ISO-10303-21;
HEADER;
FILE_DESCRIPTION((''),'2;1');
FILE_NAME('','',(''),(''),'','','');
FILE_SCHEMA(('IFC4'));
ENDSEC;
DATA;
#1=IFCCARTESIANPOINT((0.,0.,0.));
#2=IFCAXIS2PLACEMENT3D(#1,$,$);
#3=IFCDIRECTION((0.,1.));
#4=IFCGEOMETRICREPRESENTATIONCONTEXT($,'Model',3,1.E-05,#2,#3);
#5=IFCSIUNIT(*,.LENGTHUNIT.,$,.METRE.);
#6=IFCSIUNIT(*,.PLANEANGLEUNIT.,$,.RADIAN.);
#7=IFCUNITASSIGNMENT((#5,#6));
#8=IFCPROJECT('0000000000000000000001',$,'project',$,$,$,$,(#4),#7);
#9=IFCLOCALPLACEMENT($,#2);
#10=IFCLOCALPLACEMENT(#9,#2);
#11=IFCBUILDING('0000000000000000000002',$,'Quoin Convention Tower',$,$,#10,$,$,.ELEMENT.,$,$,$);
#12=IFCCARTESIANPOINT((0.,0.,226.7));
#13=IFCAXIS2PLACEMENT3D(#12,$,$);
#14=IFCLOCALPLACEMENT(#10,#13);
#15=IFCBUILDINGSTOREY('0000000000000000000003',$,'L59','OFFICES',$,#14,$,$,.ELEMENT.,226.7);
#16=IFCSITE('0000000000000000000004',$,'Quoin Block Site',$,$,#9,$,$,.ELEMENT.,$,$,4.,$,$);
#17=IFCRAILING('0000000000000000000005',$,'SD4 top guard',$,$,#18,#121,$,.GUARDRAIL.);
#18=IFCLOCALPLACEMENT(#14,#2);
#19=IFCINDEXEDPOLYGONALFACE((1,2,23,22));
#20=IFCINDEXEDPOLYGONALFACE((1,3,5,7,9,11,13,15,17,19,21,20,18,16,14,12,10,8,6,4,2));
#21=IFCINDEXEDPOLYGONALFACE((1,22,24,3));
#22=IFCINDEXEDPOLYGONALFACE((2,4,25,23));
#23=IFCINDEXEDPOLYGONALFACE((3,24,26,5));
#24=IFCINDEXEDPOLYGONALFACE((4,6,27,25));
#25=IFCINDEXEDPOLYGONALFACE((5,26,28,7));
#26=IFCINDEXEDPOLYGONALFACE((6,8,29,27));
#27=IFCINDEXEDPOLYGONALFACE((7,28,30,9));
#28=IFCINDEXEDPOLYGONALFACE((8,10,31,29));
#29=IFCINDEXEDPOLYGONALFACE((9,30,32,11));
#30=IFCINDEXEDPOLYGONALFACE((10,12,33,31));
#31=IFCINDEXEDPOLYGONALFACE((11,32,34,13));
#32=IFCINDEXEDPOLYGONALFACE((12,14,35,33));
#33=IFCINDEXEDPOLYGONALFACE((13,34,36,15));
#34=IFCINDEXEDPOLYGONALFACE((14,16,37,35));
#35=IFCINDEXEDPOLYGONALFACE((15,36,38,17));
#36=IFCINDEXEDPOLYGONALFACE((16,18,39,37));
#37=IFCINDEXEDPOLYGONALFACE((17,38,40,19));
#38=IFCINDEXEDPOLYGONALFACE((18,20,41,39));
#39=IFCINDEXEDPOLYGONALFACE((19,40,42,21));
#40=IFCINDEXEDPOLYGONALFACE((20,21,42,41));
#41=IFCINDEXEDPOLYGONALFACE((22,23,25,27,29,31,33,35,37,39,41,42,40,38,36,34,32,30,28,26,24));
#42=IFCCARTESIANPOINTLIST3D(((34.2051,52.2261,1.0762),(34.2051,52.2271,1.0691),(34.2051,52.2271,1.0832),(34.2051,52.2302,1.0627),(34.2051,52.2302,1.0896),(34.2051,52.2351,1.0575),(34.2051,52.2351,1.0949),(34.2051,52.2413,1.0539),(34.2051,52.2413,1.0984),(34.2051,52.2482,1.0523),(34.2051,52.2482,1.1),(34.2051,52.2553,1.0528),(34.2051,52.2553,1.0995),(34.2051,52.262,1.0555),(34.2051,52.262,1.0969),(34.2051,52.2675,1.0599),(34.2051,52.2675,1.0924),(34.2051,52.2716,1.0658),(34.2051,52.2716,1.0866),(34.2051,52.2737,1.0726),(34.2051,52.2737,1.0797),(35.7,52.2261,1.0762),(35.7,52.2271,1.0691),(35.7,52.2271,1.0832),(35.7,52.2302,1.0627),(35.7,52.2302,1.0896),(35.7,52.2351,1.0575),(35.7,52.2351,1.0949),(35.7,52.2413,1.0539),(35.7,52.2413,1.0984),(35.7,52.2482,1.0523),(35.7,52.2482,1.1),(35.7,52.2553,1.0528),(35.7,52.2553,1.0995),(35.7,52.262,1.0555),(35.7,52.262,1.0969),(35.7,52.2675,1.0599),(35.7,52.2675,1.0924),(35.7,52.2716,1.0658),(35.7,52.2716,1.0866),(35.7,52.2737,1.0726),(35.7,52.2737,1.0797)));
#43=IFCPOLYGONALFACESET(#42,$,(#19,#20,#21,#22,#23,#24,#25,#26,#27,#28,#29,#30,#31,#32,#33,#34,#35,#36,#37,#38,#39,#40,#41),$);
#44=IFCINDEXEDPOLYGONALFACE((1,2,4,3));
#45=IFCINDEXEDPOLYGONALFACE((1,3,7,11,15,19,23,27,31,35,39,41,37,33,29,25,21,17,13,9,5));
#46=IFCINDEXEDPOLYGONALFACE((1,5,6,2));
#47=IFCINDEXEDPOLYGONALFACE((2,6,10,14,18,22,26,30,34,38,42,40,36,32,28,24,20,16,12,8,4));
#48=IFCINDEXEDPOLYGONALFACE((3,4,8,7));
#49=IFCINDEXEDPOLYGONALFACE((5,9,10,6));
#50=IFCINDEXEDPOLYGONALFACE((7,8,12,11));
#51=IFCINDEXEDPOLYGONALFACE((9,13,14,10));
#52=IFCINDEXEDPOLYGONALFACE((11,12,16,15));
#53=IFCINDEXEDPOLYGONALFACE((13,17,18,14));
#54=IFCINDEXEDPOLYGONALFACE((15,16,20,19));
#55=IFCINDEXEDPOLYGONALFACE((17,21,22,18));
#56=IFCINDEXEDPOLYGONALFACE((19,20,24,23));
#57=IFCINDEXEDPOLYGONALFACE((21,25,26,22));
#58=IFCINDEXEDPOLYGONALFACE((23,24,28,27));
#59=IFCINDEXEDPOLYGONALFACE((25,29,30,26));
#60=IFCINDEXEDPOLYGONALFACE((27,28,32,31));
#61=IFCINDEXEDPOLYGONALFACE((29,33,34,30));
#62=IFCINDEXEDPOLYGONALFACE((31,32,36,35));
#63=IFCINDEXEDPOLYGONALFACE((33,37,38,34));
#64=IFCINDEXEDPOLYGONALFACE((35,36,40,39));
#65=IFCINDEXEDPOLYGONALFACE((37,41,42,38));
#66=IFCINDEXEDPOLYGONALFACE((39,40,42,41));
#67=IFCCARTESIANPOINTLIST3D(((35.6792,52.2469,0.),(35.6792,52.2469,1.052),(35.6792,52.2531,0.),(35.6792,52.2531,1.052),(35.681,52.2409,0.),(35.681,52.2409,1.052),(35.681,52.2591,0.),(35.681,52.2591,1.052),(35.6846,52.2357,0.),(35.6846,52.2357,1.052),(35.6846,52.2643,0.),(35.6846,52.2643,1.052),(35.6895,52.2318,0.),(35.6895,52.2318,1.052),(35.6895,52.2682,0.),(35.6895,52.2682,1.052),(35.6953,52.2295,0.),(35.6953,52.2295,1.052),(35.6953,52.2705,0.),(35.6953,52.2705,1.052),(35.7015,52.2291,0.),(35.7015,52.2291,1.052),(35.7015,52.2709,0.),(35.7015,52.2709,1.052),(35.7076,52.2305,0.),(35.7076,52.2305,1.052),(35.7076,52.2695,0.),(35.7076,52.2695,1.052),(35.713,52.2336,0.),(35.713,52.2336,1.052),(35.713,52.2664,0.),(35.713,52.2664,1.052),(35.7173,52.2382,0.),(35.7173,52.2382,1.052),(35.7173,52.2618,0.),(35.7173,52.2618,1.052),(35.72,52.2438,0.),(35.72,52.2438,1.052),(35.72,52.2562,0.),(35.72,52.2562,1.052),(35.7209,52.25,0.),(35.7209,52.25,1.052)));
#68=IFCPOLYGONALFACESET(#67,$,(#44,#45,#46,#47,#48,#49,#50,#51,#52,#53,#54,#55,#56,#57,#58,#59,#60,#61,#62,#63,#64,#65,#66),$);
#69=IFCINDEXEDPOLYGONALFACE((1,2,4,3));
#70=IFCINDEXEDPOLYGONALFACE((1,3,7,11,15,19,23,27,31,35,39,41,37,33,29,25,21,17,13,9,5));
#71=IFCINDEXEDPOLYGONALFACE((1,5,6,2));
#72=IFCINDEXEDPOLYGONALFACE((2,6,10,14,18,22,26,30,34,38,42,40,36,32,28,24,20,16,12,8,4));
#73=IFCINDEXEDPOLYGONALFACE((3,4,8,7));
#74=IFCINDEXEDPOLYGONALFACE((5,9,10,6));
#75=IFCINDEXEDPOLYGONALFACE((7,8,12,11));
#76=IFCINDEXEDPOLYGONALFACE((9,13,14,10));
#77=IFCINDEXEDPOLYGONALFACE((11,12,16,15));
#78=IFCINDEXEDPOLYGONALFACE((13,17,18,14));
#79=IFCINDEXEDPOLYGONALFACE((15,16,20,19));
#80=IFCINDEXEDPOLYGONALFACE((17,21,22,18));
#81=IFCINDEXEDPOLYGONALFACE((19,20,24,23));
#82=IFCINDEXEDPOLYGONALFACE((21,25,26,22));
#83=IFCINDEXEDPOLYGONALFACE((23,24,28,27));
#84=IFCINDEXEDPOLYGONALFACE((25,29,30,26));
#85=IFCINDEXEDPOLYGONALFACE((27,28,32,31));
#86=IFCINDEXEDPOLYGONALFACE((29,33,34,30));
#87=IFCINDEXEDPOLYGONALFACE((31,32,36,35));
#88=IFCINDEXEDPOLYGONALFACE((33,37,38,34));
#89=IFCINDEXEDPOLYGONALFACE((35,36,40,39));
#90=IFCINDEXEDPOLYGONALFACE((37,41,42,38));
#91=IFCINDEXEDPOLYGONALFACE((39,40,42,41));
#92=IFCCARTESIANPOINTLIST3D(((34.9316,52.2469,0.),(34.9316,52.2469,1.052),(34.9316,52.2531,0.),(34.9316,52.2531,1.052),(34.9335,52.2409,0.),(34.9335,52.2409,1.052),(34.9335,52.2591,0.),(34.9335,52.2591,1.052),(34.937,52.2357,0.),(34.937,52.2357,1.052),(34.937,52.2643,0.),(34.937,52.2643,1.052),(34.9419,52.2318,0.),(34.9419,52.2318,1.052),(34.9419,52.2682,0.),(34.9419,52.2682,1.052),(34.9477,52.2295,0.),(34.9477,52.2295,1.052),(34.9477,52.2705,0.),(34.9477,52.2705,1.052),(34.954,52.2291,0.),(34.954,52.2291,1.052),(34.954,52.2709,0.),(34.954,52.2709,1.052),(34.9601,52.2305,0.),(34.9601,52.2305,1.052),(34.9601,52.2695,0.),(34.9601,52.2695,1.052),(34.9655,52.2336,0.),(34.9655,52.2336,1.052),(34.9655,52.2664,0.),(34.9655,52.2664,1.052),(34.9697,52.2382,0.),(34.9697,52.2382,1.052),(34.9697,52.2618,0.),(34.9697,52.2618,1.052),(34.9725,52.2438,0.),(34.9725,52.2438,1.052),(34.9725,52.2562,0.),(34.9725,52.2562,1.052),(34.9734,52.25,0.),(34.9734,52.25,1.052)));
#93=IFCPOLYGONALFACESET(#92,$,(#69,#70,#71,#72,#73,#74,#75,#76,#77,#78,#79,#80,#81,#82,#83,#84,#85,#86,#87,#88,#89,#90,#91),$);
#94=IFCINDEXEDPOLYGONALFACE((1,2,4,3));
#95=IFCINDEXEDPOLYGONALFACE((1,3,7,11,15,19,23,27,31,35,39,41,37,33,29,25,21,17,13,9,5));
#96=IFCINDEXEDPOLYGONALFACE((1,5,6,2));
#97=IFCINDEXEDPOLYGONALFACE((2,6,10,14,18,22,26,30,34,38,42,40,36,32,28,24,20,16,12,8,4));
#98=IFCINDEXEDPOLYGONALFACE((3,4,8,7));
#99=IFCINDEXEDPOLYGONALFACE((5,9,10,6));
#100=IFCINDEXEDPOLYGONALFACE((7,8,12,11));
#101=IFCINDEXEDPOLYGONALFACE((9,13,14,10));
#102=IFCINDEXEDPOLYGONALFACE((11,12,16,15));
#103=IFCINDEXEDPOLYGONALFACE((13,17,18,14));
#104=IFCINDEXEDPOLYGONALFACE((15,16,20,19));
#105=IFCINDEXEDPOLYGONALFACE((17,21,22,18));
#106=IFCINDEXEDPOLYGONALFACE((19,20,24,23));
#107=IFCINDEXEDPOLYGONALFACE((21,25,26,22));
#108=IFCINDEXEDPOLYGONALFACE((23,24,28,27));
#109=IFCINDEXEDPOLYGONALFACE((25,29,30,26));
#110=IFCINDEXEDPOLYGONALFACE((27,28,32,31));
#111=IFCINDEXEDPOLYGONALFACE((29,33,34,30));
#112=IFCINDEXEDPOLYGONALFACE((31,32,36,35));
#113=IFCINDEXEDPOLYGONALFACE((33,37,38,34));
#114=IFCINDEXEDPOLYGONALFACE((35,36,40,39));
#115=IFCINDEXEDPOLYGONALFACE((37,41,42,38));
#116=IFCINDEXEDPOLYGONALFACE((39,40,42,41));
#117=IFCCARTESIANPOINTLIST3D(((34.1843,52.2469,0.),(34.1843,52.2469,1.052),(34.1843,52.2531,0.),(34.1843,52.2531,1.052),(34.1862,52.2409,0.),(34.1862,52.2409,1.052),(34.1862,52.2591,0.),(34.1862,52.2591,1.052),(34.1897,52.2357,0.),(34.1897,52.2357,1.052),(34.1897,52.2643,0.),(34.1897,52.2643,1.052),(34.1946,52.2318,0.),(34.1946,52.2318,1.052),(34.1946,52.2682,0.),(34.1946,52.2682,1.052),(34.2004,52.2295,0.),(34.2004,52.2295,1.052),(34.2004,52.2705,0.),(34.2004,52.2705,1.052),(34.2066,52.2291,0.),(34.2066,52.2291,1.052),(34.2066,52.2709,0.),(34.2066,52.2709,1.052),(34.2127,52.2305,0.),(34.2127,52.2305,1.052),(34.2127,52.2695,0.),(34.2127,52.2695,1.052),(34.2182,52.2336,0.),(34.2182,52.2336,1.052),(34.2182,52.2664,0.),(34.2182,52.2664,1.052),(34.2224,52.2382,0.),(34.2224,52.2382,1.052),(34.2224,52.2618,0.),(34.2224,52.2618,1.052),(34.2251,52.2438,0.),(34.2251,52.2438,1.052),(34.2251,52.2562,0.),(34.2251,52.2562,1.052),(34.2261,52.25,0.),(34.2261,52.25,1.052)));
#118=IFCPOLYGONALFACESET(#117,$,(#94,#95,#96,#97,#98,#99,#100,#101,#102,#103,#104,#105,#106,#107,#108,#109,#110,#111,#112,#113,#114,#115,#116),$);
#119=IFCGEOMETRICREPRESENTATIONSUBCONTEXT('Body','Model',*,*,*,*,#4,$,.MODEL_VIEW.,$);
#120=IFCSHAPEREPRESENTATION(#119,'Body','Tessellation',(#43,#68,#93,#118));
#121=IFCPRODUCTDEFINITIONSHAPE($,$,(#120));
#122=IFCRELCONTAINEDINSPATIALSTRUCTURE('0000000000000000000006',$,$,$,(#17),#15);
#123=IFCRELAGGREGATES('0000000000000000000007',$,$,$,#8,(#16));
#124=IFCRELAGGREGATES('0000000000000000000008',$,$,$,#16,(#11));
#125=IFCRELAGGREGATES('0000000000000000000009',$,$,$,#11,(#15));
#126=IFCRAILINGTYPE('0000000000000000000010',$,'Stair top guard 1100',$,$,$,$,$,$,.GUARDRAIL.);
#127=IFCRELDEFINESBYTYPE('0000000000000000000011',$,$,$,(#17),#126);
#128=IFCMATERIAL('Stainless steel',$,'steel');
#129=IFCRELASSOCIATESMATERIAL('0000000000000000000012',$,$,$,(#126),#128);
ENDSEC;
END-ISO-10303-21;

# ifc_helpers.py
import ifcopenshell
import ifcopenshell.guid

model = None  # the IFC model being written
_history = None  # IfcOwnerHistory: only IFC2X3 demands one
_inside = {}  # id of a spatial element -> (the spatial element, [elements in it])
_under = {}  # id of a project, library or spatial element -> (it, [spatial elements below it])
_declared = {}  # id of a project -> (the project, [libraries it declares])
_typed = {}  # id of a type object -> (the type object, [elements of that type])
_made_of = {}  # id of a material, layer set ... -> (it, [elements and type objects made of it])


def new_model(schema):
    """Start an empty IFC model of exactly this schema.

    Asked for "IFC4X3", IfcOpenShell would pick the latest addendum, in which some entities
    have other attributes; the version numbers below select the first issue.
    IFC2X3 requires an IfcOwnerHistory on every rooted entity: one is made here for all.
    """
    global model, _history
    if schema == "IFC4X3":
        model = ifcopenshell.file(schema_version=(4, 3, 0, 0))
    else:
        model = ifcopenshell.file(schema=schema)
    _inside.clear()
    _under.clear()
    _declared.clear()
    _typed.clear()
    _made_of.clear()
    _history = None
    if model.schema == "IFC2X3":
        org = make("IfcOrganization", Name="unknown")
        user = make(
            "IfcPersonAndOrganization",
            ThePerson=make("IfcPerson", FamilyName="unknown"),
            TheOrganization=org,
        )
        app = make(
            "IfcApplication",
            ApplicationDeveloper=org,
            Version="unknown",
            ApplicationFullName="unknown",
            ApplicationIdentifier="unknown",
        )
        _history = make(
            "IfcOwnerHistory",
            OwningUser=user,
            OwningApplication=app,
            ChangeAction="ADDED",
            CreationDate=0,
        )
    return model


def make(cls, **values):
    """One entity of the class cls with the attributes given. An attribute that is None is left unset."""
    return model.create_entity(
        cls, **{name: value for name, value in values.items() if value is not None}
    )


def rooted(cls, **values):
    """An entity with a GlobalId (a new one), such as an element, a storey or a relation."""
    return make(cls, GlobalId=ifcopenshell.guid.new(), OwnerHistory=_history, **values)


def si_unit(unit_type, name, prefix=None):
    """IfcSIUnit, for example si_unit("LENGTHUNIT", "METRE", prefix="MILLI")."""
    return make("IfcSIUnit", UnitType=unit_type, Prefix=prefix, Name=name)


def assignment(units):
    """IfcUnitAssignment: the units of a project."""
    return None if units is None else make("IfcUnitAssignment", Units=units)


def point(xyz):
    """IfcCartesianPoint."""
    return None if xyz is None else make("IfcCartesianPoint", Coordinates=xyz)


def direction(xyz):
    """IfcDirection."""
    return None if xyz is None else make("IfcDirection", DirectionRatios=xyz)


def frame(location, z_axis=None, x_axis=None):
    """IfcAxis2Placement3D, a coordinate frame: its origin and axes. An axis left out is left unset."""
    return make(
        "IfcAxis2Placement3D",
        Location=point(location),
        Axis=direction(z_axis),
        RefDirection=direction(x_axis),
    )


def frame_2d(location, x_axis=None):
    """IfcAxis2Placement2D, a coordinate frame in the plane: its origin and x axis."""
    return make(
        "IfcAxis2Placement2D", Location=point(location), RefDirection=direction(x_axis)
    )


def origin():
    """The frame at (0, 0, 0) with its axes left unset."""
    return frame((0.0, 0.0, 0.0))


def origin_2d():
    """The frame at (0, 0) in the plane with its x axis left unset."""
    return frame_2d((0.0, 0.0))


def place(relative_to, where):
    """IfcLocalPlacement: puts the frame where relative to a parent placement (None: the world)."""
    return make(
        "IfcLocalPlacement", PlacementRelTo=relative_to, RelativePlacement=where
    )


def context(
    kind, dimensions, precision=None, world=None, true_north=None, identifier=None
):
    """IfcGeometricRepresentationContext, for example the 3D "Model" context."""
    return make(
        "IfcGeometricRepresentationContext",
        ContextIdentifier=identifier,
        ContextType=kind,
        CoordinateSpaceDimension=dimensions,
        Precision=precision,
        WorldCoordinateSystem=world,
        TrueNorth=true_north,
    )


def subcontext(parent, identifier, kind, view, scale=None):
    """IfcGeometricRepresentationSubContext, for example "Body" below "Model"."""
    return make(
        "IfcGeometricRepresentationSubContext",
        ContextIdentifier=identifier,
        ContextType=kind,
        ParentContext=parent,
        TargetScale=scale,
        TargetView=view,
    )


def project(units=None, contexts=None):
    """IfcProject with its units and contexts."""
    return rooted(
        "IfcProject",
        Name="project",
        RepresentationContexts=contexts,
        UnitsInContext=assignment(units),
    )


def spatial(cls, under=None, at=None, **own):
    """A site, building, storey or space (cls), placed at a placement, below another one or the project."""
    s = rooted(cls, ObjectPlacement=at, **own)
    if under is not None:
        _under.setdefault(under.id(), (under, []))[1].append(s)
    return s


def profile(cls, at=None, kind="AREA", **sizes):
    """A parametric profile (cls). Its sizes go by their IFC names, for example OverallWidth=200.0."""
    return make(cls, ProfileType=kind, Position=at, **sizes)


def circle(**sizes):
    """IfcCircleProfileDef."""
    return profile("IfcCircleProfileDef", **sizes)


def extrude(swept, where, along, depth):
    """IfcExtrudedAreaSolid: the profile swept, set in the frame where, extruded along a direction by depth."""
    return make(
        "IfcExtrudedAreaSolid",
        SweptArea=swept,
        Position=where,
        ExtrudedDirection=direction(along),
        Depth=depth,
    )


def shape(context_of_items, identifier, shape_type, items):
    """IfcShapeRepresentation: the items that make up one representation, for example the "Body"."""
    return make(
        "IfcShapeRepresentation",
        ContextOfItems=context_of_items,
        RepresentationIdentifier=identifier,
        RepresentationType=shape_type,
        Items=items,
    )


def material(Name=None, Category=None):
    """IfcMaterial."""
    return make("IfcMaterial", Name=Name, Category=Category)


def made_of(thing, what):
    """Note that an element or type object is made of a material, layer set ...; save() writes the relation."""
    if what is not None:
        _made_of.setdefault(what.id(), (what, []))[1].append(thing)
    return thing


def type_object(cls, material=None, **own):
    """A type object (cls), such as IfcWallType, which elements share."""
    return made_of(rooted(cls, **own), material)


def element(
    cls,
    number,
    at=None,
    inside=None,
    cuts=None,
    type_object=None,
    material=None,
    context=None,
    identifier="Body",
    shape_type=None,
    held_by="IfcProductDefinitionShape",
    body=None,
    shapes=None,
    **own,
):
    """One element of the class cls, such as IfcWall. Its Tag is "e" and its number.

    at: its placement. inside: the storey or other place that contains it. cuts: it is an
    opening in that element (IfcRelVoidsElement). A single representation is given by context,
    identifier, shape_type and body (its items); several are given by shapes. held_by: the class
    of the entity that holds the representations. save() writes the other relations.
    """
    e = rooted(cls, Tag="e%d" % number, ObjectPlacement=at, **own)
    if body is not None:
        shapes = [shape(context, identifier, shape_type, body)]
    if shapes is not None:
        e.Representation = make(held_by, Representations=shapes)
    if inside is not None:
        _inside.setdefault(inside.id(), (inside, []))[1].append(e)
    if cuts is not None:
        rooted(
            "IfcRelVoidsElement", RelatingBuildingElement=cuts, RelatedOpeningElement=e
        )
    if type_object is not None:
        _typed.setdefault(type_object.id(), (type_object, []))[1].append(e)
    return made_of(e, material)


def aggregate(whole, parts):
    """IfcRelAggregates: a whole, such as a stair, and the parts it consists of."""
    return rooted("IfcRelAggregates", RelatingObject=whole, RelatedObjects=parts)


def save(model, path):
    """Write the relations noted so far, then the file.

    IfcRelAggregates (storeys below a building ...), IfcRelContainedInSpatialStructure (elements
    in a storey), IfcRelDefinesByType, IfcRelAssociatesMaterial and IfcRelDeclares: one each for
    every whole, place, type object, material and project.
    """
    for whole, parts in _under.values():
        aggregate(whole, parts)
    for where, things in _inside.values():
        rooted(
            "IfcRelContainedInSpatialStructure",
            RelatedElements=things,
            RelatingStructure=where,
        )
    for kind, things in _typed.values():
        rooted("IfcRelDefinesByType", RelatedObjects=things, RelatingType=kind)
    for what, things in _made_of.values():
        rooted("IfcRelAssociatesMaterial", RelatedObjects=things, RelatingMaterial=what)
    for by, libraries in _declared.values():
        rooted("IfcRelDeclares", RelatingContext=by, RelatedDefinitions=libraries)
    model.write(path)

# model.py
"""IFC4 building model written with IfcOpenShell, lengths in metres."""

from ifc_helpers import new_model, si_unit, direction, frame, origin, origin_2d, place, context, subcontext, project, spatial, circle, extrude, material, type_object, element, save


model = new_model("IFC4")

# Units and contexts
model_context = context("Model", 3, precision=1e-05, world=origin(), true_north=direction((0.0, 1.0)))
body_context = subcontext(model_context, "Body", "Model", "MODEL_VIEW")
ifc_project = project(units=[si_unit("LENGTHUNIT", "METRE"), si_unit("PLANEANGLEUNIT", "RADIAN")], contexts=[model_context])

# Site, building, storey
site_placement = place(None, origin())
site = spatial("IfcSite", under=ifc_project, at=site_placement, Name="Quoin Block Site", CompositionType="ELEMENT", RefElevation=4.0)
building_placement = place(site_placement, origin())
building = spatial("IfcBuilding", under=site, at=building_placement, Name="Quoin Convention Tower", CompositionType="ELEMENT")
storey_placement = place(building_placement, frame((0.0, 0.0, 226.7)))
storey = spatial("IfcBuildingStorey", under=building, at=storey_placement, Name="L59", Description="OFFICES", CompositionType="ELEMENT", Elevation=226.7)

# Railing
ifc_material_1 = material(Name="Stainless steel", Category="steel")
railing_type_1 = type_object("IfcRailingType", Name="Stair top guard 1100", PredefinedType="GUARDRAIL", material=ifc_material_1)
railing_1_placement = place(storey_placement, frame((35.7, 52.25, 0.0)))
element("IfcRailing", 1, at=railing_1_placement, inside=storey, type_object=railing_type_1, Name="SD4 top guard", PredefinedType="GUARDRAIL", context=body_context, shape_type="SweptSolid", body=[
    extrude(circle(Radius=0.0239, at=origin_2d()), frame((0.0, 0.0, 1.0762), z_axis=(-1.0, 0.0, 0.0), x_axis=(0.0, -1.0, 0.0)), (0.0, 0.0, 1.0), 1.4949),
    extrude(circle(Radius=0.021, at=origin_2d()), origin(), (0.0, 0.0, 1.0), 1.052),
    extrude(circle(Radius=0.021, at=origin_2d()), frame((-0.7476, 0.0, 0.0)), (0.0, 0.0, 1.0), 1.052),
    extrude(circle(Radius=0.021, at=origin_2d()), frame((-1.4949, 0.0, 0.0)), (0.0, 0.0, 1.0), 1.052),
])

save(model, "model.ifc")
